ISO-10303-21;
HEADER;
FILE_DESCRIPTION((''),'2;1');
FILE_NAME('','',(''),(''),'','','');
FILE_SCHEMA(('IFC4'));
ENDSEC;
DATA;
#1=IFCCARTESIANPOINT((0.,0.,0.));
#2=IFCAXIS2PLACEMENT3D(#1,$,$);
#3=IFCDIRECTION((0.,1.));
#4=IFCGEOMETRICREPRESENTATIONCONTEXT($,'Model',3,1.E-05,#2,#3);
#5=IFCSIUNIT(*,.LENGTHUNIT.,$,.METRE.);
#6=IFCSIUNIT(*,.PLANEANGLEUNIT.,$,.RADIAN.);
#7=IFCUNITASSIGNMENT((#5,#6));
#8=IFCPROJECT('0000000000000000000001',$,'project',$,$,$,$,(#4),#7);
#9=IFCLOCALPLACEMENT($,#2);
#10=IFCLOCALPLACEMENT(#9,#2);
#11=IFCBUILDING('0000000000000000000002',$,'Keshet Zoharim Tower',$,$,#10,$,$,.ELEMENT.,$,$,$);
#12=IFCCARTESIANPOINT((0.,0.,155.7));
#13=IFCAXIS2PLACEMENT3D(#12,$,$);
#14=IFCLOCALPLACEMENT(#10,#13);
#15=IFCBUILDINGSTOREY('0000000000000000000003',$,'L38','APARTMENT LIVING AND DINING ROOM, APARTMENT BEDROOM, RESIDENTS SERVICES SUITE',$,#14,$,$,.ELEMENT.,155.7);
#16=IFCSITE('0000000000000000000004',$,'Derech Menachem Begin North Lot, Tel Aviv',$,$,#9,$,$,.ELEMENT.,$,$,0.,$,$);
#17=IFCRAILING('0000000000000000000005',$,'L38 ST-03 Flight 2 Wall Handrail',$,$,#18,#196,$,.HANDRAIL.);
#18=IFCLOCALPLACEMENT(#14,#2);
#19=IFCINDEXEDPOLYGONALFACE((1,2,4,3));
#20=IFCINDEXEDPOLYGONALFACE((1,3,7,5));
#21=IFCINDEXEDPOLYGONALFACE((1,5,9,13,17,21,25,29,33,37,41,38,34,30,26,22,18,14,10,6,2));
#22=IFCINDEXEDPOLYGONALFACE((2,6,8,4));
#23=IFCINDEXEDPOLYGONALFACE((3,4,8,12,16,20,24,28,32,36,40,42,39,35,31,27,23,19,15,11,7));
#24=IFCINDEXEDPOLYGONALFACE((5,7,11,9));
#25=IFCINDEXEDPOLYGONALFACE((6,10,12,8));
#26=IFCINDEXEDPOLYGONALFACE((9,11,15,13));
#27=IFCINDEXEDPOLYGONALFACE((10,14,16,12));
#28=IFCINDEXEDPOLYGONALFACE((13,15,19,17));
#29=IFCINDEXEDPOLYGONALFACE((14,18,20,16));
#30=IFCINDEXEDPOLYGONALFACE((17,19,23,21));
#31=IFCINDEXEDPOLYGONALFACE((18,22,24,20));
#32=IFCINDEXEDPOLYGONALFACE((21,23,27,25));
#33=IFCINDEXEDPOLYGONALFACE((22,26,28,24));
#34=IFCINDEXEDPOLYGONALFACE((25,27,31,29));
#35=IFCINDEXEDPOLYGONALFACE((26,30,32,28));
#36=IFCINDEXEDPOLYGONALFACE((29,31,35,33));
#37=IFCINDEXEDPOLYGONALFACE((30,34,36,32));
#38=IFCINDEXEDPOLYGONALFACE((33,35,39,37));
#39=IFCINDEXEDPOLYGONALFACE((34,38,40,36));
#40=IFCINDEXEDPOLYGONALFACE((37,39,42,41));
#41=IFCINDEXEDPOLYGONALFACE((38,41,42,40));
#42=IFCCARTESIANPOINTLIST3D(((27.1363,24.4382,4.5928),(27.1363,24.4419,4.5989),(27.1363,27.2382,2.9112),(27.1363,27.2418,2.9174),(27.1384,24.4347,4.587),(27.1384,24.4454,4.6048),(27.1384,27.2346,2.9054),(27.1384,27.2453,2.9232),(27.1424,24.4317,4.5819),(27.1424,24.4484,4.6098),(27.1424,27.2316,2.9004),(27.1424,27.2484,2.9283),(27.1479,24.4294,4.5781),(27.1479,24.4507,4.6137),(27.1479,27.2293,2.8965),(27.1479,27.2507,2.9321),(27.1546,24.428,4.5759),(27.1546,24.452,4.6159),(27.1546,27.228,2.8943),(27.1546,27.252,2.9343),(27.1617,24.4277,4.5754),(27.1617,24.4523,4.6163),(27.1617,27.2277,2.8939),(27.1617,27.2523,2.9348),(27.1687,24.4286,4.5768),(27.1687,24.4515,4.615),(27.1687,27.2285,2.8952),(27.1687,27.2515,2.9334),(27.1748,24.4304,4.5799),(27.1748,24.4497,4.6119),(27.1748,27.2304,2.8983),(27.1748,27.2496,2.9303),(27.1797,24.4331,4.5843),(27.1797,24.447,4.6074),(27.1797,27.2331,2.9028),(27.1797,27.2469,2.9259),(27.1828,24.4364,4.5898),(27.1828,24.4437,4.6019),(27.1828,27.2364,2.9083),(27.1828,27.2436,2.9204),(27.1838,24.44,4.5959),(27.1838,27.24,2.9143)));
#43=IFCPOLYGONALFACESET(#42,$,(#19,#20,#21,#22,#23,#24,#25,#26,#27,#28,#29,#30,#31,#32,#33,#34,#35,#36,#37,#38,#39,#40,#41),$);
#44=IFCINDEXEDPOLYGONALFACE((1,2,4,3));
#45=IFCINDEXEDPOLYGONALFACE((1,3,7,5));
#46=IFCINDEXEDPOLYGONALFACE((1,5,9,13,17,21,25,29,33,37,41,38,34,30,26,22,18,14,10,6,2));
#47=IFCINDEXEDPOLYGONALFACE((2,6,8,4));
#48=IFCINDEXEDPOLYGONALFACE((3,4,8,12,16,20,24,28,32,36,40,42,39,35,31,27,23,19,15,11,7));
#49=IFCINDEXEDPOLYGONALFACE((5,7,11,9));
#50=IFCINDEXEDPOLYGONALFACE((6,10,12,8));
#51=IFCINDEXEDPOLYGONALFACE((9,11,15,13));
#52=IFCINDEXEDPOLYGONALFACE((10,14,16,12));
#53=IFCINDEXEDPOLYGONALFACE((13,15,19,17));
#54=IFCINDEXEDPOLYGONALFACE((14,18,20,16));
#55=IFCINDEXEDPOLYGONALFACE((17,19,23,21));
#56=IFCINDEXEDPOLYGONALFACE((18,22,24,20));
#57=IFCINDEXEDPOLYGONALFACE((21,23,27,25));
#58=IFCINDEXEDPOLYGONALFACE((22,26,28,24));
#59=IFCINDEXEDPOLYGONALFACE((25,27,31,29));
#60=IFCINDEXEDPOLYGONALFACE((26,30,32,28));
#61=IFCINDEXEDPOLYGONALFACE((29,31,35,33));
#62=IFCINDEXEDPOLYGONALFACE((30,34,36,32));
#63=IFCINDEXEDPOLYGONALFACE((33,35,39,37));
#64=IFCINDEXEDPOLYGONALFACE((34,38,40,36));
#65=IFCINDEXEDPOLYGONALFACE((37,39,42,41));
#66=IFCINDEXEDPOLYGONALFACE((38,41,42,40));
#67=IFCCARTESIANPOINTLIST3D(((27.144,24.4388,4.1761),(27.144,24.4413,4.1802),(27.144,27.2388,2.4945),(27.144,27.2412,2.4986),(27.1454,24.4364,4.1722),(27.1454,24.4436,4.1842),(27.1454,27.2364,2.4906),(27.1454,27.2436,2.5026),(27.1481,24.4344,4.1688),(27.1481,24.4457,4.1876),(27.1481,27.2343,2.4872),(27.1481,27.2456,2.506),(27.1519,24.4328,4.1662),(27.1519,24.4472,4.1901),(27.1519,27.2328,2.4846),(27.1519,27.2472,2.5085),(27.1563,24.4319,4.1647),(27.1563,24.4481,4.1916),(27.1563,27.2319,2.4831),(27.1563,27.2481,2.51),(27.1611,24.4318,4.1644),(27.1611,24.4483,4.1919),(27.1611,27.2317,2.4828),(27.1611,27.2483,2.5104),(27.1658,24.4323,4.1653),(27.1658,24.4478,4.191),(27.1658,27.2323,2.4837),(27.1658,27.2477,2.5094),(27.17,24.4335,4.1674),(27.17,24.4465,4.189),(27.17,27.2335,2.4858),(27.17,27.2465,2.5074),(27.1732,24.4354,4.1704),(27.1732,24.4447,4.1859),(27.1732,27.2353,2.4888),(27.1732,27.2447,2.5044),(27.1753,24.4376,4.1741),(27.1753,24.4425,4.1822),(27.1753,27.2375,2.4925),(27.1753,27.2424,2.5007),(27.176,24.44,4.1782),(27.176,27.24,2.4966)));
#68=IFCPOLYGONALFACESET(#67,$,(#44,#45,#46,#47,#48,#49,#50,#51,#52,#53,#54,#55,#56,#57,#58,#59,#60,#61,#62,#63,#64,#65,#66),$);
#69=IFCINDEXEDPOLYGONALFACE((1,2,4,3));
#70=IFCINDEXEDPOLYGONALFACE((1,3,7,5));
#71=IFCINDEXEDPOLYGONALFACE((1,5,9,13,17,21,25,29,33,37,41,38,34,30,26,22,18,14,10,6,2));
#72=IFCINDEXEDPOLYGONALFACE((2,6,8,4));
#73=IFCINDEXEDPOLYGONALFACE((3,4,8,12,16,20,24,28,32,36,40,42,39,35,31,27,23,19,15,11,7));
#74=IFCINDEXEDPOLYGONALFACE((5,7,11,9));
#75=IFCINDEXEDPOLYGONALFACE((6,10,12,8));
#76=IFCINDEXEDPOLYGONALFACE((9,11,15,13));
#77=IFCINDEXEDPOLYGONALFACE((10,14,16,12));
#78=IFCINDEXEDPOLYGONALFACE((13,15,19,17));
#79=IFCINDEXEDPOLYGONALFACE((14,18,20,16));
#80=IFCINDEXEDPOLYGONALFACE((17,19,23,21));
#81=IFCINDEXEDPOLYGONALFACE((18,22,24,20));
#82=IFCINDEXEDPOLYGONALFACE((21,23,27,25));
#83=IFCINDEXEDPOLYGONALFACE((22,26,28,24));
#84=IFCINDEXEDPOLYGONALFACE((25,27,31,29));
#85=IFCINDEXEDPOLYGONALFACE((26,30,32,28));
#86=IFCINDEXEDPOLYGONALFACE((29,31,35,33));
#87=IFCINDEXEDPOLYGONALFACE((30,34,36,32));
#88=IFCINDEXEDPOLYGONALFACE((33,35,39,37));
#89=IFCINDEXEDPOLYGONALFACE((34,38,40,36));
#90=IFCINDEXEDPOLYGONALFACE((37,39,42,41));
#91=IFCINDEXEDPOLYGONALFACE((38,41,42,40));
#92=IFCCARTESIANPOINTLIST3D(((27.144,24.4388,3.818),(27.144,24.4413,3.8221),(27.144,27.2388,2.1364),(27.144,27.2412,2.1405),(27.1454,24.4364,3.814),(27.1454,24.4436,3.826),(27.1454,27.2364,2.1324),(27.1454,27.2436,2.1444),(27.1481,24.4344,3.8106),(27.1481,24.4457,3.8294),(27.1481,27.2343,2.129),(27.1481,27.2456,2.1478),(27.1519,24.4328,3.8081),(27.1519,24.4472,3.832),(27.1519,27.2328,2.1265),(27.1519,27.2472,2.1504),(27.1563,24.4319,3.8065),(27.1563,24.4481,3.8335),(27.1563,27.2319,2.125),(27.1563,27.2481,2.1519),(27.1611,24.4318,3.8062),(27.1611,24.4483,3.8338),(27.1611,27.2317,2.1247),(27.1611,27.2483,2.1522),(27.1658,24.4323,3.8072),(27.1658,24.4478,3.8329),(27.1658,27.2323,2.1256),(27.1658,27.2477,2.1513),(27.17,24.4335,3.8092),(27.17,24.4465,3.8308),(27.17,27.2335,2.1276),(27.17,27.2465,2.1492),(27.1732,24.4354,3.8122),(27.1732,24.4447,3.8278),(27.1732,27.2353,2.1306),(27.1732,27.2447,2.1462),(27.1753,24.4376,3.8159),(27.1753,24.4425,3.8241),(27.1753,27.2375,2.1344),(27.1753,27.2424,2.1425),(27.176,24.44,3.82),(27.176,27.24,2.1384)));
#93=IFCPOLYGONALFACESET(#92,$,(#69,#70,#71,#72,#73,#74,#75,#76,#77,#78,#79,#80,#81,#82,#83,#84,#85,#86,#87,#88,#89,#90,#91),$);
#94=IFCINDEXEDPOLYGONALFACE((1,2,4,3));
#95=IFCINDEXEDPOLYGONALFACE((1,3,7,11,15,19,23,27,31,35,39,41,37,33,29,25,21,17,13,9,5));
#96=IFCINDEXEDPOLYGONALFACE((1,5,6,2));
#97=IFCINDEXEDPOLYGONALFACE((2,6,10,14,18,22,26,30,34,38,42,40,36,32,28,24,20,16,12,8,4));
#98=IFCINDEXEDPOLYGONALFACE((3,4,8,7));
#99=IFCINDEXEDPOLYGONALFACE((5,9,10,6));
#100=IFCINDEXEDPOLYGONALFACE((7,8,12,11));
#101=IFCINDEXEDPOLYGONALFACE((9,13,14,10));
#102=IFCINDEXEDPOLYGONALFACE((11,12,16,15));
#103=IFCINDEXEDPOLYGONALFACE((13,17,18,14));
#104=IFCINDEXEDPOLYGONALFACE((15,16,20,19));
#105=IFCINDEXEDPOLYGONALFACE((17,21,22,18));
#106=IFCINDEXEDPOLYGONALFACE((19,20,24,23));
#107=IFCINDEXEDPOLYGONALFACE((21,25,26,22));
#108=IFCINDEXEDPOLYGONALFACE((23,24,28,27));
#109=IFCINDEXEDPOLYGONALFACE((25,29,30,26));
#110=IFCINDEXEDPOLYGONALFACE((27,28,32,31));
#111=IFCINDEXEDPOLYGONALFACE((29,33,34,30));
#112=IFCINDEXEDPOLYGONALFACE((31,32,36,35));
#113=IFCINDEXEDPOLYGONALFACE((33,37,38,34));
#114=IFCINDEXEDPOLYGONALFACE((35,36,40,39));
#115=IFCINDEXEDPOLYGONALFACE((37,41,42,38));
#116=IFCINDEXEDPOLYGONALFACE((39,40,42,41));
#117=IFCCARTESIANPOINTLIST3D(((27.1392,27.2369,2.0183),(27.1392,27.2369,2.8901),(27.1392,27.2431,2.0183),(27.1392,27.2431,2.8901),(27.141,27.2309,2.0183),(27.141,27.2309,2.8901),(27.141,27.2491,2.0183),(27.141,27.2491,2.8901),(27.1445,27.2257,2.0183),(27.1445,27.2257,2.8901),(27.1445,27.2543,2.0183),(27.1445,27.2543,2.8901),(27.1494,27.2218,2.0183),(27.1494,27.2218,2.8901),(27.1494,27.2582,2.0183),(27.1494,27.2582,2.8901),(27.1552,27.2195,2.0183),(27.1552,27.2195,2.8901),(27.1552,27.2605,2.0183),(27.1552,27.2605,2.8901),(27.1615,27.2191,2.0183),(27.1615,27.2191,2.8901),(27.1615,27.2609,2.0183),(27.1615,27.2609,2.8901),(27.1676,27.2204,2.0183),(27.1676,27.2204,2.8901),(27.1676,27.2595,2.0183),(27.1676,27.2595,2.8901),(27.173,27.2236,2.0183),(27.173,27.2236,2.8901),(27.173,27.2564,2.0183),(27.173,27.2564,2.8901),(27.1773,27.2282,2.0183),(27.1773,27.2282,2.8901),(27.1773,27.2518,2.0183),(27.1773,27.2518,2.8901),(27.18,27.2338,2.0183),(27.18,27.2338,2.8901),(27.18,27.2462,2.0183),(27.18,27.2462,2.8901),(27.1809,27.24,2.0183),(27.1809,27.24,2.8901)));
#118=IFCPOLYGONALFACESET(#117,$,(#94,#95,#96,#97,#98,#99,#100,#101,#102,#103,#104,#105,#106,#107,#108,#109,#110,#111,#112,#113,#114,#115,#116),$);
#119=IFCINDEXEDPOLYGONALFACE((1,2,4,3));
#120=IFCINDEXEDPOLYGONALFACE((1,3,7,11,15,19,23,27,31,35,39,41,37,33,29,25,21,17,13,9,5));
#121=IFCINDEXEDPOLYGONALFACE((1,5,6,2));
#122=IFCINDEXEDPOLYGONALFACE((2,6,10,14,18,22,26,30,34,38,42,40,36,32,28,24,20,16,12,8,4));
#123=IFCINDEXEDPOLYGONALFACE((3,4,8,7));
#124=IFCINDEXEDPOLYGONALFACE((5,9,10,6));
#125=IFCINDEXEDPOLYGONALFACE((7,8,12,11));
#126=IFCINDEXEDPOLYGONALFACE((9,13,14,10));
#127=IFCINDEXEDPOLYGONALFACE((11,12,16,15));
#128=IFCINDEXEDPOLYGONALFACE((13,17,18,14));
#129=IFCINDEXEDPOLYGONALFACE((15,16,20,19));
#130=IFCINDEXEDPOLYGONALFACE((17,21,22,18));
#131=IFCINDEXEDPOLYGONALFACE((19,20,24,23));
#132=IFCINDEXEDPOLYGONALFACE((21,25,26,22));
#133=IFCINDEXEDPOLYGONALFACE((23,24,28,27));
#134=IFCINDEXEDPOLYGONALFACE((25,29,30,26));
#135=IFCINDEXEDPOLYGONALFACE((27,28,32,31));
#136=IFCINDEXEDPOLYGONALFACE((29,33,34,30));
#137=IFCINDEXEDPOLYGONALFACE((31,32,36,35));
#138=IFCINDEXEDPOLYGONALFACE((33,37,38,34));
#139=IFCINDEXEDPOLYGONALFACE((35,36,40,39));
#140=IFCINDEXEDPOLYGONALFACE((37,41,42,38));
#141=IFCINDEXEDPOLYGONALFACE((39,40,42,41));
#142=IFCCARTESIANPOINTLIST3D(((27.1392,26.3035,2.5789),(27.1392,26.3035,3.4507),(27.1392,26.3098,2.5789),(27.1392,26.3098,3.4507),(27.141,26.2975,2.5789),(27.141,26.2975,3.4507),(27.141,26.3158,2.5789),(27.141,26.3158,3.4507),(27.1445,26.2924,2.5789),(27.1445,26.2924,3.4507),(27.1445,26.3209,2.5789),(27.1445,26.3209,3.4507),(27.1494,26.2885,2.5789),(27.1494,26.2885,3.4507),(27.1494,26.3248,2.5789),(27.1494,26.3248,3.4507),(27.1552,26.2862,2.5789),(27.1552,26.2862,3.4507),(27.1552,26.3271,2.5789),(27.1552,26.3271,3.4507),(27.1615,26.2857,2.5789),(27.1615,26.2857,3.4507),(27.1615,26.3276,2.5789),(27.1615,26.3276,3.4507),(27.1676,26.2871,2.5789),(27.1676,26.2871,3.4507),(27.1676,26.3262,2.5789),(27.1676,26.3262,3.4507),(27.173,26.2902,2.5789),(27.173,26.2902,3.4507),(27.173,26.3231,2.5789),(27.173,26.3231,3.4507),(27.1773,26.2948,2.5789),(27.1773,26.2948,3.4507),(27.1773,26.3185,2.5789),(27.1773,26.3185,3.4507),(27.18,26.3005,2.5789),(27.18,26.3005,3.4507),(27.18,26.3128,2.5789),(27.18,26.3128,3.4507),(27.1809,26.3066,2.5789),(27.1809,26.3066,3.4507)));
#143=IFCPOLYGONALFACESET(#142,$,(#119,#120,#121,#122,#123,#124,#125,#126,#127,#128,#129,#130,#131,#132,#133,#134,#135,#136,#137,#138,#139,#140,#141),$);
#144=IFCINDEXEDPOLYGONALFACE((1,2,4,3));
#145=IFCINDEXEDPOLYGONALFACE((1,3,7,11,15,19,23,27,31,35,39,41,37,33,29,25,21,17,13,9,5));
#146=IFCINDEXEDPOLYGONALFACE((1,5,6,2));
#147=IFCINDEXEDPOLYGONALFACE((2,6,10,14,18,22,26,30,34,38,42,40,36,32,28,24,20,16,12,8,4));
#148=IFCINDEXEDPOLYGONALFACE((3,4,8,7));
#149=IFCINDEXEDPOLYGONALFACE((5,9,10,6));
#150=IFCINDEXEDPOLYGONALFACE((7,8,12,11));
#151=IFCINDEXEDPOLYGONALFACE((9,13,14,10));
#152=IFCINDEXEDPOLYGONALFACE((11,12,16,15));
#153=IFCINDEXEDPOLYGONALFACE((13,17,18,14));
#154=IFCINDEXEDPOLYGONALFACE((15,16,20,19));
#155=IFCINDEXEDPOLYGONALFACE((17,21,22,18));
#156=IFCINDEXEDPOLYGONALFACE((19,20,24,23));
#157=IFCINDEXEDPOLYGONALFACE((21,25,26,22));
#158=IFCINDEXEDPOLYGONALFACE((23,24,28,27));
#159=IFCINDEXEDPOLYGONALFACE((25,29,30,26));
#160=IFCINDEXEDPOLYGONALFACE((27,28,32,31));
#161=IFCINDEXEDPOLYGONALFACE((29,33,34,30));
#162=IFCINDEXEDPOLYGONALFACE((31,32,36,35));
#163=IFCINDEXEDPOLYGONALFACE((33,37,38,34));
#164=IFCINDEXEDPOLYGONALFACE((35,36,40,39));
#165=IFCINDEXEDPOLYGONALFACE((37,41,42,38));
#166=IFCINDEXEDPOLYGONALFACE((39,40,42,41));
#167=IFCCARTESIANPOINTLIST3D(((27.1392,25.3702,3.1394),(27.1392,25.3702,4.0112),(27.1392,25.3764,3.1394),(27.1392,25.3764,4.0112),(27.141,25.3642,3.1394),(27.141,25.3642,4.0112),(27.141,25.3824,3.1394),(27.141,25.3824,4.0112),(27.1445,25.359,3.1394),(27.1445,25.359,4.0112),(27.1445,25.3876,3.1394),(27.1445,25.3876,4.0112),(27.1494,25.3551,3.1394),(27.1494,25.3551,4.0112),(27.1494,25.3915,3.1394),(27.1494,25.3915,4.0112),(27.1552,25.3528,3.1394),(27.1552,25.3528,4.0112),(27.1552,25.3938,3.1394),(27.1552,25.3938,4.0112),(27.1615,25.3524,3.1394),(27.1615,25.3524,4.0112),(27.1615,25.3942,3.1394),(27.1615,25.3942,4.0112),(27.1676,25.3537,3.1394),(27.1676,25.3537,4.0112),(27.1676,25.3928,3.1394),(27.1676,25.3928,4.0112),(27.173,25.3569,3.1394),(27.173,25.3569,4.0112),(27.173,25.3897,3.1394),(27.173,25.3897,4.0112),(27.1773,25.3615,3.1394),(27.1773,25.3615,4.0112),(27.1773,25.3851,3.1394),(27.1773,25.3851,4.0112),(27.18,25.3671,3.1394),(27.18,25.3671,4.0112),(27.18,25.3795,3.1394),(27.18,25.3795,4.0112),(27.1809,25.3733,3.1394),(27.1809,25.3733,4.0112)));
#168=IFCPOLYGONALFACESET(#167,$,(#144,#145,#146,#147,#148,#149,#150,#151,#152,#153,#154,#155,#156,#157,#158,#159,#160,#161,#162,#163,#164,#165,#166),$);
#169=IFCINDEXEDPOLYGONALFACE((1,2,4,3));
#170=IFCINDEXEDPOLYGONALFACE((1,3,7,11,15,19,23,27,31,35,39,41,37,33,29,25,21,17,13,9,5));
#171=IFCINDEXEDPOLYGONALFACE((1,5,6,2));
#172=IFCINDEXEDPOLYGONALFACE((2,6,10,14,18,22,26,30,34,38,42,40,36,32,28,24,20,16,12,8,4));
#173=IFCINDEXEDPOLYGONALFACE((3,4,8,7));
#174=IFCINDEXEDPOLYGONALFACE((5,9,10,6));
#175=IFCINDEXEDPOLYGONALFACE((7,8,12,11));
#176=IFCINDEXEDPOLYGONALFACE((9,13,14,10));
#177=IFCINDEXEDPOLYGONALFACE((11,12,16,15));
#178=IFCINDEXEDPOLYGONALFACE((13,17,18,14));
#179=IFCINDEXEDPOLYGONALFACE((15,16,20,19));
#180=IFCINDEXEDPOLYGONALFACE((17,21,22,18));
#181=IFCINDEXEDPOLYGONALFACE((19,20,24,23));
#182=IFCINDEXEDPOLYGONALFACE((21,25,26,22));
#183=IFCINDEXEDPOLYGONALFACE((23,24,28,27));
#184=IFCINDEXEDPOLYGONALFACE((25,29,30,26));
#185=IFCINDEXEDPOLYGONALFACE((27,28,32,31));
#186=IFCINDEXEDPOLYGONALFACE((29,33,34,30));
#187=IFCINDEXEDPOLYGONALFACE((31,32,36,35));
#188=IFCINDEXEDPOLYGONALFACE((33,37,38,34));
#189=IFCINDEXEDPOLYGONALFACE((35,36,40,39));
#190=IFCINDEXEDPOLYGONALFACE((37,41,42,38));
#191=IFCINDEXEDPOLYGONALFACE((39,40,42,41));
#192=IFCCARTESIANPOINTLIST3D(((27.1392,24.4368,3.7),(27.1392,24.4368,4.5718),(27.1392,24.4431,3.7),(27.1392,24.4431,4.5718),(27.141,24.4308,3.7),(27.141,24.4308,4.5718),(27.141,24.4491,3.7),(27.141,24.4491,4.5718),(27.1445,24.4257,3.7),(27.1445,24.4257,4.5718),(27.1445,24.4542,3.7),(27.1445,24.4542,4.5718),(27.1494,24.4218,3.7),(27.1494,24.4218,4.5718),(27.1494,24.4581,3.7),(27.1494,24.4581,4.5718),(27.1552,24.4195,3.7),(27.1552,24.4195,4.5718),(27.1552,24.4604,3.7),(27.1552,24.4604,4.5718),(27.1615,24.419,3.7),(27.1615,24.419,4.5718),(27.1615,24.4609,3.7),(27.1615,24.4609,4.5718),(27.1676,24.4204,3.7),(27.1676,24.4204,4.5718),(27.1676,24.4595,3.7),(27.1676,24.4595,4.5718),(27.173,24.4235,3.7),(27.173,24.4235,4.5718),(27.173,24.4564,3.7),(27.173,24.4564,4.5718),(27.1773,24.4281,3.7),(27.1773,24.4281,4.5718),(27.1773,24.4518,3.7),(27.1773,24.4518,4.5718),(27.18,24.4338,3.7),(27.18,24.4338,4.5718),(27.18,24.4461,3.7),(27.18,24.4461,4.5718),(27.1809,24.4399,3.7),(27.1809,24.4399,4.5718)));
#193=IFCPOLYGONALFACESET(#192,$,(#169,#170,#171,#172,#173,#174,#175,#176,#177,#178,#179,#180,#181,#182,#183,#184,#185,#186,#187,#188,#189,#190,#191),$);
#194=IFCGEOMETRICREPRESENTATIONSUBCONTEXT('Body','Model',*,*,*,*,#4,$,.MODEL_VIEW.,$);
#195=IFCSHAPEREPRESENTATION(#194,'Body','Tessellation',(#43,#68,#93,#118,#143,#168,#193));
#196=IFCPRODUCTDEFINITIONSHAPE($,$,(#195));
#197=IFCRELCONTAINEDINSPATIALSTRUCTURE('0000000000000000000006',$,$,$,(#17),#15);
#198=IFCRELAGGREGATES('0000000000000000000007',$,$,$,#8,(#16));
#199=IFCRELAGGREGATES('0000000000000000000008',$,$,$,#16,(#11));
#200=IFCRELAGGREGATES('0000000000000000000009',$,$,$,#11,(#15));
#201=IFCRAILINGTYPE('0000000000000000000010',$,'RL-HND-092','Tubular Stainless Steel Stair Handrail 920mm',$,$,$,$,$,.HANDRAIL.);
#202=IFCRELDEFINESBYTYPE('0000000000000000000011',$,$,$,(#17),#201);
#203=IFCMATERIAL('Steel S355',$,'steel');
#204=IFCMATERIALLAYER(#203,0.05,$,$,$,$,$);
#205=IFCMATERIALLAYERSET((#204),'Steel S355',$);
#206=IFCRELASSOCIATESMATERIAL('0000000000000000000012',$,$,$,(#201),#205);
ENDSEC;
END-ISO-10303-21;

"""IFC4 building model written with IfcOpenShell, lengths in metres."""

from ifc_helpers import new_model, si_unit, direction, frame, origin, origin_2d, place, context, subcontext, project, spatial, circle, extrude, material, layer, layer_set, type_object, element, save


model = new_model("IFC4")

# Units and contexts
model_context = context("Model", 3, precision=1e-05, world=origin(), true_north=direction((0.0, 1.0)))
body_context = subcontext(model_context, "Body", "Model", "MODEL_VIEW")
ifc_project = project(units=[si_unit("LENGTHUNIT", "METRE"), si_unit("PLANEANGLEUNIT", "RADIAN")], contexts=[model_context])

# Site, building, storey
site_placement = place(None, origin())
site = spatial("IfcSite", under=ifc_project, at=site_placement, Name="Derech Menachem Begin North Lot, Tel Aviv", CompositionType="ELEMENT", RefElevation=0.0)
building_placement = place(site_placement, origin())
building = spatial("IfcBuilding", under=site, at=building_placement, Name="Keshet Zoharim Tower", CompositionType="ELEMENT")
storey_placement = place(building_placement, frame((0.0, 0.0, 155.7)))
storey = spatial("IfcBuildingStorey", under=building, at=storey_placement, Name="L38", Description="APARTMENT LIVING AND DINING ROOM, APARTMENT BEDROOM, RESIDENTS SERVICES SUITE", CompositionType="ELEMENT", Elevation=155.7)

# Shared definitions
ifc_material_1 = material(Name="Steel S355", Category="steel")

# Railing
ifc_layer_1 = layer(ifc_material_1, 0.05)
ifc_layer_set_1 = layer_set([ifc_layer_1], Name="Steel S355")
railing_type = type_object("IfcRailingType", Name="RL-HND-092", Description="Tubular Stainless Steel Stair Handrail 920mm", PredefinedType="HANDRAIL", material=ifc_layer_set_1)
for number, where, name in (
    (1, (27.1599, 27.24, 2.0183), "L38 ST-03 Flight 2 Wall Handrail"),
):
    element("IfcRailing", number, at=place(storey_placement, frame(where)), inside=storey, type_object=railing_type, Name=name, PredefinedType="HANDRAIL", context=body_context, shape_type="SweptSolid", body=[
        extrude(circle(Radius=0.0239, at=origin_2d()), frame((0.0, 0.0, 0.896), z_axis=(0.0, -0.857275, 0.514858), x_axis=(1.0, 0.0, 0.0)), (0.0, 0.0, 1.0), 3.2661),
        extrude(circle(Radius=0.0161, at=origin_2d()), frame((0.0, 0.0, 0.4783), z_axis=(0.0, -0.857275, 0.514858), x_axis=(1.0, 0.0, 0.0)), (0.0, 0.0, 1.0), 3.2661),
        extrude(circle(Radius=0.0161, at=origin_2d()), frame((0.0, 0.0, 0.1201), z_axis=(0.0, -0.857275, 0.514858), x_axis=(1.0, 0.0, 0.0)), (0.0, 0.0, 1.0), 3.2661),
        extrude(circle(Radius=0.021, at=origin_2d()), origin(), (0.0, 0.0, 1.0), 0.8718),
        extrude(circle(Radius=0.021, at=origin_2d()), frame((0.0, -0.9333, 0.5605)), (0.0, 0.0, 1.0), 0.8718),
        extrude(circle(Radius=0.021, at=origin_2d()), frame((0.0, -1.8667, 1.1211)), (0.0, 0.0, 1.0), 0.8718),
        extrude(circle(Radius=0.021, at=origin_2d()), frame((0.0, -2.8, 1.6816)), (0.0, 0.0, 1.0), 0.8718),
    ])

save(model, "model.ifc")
